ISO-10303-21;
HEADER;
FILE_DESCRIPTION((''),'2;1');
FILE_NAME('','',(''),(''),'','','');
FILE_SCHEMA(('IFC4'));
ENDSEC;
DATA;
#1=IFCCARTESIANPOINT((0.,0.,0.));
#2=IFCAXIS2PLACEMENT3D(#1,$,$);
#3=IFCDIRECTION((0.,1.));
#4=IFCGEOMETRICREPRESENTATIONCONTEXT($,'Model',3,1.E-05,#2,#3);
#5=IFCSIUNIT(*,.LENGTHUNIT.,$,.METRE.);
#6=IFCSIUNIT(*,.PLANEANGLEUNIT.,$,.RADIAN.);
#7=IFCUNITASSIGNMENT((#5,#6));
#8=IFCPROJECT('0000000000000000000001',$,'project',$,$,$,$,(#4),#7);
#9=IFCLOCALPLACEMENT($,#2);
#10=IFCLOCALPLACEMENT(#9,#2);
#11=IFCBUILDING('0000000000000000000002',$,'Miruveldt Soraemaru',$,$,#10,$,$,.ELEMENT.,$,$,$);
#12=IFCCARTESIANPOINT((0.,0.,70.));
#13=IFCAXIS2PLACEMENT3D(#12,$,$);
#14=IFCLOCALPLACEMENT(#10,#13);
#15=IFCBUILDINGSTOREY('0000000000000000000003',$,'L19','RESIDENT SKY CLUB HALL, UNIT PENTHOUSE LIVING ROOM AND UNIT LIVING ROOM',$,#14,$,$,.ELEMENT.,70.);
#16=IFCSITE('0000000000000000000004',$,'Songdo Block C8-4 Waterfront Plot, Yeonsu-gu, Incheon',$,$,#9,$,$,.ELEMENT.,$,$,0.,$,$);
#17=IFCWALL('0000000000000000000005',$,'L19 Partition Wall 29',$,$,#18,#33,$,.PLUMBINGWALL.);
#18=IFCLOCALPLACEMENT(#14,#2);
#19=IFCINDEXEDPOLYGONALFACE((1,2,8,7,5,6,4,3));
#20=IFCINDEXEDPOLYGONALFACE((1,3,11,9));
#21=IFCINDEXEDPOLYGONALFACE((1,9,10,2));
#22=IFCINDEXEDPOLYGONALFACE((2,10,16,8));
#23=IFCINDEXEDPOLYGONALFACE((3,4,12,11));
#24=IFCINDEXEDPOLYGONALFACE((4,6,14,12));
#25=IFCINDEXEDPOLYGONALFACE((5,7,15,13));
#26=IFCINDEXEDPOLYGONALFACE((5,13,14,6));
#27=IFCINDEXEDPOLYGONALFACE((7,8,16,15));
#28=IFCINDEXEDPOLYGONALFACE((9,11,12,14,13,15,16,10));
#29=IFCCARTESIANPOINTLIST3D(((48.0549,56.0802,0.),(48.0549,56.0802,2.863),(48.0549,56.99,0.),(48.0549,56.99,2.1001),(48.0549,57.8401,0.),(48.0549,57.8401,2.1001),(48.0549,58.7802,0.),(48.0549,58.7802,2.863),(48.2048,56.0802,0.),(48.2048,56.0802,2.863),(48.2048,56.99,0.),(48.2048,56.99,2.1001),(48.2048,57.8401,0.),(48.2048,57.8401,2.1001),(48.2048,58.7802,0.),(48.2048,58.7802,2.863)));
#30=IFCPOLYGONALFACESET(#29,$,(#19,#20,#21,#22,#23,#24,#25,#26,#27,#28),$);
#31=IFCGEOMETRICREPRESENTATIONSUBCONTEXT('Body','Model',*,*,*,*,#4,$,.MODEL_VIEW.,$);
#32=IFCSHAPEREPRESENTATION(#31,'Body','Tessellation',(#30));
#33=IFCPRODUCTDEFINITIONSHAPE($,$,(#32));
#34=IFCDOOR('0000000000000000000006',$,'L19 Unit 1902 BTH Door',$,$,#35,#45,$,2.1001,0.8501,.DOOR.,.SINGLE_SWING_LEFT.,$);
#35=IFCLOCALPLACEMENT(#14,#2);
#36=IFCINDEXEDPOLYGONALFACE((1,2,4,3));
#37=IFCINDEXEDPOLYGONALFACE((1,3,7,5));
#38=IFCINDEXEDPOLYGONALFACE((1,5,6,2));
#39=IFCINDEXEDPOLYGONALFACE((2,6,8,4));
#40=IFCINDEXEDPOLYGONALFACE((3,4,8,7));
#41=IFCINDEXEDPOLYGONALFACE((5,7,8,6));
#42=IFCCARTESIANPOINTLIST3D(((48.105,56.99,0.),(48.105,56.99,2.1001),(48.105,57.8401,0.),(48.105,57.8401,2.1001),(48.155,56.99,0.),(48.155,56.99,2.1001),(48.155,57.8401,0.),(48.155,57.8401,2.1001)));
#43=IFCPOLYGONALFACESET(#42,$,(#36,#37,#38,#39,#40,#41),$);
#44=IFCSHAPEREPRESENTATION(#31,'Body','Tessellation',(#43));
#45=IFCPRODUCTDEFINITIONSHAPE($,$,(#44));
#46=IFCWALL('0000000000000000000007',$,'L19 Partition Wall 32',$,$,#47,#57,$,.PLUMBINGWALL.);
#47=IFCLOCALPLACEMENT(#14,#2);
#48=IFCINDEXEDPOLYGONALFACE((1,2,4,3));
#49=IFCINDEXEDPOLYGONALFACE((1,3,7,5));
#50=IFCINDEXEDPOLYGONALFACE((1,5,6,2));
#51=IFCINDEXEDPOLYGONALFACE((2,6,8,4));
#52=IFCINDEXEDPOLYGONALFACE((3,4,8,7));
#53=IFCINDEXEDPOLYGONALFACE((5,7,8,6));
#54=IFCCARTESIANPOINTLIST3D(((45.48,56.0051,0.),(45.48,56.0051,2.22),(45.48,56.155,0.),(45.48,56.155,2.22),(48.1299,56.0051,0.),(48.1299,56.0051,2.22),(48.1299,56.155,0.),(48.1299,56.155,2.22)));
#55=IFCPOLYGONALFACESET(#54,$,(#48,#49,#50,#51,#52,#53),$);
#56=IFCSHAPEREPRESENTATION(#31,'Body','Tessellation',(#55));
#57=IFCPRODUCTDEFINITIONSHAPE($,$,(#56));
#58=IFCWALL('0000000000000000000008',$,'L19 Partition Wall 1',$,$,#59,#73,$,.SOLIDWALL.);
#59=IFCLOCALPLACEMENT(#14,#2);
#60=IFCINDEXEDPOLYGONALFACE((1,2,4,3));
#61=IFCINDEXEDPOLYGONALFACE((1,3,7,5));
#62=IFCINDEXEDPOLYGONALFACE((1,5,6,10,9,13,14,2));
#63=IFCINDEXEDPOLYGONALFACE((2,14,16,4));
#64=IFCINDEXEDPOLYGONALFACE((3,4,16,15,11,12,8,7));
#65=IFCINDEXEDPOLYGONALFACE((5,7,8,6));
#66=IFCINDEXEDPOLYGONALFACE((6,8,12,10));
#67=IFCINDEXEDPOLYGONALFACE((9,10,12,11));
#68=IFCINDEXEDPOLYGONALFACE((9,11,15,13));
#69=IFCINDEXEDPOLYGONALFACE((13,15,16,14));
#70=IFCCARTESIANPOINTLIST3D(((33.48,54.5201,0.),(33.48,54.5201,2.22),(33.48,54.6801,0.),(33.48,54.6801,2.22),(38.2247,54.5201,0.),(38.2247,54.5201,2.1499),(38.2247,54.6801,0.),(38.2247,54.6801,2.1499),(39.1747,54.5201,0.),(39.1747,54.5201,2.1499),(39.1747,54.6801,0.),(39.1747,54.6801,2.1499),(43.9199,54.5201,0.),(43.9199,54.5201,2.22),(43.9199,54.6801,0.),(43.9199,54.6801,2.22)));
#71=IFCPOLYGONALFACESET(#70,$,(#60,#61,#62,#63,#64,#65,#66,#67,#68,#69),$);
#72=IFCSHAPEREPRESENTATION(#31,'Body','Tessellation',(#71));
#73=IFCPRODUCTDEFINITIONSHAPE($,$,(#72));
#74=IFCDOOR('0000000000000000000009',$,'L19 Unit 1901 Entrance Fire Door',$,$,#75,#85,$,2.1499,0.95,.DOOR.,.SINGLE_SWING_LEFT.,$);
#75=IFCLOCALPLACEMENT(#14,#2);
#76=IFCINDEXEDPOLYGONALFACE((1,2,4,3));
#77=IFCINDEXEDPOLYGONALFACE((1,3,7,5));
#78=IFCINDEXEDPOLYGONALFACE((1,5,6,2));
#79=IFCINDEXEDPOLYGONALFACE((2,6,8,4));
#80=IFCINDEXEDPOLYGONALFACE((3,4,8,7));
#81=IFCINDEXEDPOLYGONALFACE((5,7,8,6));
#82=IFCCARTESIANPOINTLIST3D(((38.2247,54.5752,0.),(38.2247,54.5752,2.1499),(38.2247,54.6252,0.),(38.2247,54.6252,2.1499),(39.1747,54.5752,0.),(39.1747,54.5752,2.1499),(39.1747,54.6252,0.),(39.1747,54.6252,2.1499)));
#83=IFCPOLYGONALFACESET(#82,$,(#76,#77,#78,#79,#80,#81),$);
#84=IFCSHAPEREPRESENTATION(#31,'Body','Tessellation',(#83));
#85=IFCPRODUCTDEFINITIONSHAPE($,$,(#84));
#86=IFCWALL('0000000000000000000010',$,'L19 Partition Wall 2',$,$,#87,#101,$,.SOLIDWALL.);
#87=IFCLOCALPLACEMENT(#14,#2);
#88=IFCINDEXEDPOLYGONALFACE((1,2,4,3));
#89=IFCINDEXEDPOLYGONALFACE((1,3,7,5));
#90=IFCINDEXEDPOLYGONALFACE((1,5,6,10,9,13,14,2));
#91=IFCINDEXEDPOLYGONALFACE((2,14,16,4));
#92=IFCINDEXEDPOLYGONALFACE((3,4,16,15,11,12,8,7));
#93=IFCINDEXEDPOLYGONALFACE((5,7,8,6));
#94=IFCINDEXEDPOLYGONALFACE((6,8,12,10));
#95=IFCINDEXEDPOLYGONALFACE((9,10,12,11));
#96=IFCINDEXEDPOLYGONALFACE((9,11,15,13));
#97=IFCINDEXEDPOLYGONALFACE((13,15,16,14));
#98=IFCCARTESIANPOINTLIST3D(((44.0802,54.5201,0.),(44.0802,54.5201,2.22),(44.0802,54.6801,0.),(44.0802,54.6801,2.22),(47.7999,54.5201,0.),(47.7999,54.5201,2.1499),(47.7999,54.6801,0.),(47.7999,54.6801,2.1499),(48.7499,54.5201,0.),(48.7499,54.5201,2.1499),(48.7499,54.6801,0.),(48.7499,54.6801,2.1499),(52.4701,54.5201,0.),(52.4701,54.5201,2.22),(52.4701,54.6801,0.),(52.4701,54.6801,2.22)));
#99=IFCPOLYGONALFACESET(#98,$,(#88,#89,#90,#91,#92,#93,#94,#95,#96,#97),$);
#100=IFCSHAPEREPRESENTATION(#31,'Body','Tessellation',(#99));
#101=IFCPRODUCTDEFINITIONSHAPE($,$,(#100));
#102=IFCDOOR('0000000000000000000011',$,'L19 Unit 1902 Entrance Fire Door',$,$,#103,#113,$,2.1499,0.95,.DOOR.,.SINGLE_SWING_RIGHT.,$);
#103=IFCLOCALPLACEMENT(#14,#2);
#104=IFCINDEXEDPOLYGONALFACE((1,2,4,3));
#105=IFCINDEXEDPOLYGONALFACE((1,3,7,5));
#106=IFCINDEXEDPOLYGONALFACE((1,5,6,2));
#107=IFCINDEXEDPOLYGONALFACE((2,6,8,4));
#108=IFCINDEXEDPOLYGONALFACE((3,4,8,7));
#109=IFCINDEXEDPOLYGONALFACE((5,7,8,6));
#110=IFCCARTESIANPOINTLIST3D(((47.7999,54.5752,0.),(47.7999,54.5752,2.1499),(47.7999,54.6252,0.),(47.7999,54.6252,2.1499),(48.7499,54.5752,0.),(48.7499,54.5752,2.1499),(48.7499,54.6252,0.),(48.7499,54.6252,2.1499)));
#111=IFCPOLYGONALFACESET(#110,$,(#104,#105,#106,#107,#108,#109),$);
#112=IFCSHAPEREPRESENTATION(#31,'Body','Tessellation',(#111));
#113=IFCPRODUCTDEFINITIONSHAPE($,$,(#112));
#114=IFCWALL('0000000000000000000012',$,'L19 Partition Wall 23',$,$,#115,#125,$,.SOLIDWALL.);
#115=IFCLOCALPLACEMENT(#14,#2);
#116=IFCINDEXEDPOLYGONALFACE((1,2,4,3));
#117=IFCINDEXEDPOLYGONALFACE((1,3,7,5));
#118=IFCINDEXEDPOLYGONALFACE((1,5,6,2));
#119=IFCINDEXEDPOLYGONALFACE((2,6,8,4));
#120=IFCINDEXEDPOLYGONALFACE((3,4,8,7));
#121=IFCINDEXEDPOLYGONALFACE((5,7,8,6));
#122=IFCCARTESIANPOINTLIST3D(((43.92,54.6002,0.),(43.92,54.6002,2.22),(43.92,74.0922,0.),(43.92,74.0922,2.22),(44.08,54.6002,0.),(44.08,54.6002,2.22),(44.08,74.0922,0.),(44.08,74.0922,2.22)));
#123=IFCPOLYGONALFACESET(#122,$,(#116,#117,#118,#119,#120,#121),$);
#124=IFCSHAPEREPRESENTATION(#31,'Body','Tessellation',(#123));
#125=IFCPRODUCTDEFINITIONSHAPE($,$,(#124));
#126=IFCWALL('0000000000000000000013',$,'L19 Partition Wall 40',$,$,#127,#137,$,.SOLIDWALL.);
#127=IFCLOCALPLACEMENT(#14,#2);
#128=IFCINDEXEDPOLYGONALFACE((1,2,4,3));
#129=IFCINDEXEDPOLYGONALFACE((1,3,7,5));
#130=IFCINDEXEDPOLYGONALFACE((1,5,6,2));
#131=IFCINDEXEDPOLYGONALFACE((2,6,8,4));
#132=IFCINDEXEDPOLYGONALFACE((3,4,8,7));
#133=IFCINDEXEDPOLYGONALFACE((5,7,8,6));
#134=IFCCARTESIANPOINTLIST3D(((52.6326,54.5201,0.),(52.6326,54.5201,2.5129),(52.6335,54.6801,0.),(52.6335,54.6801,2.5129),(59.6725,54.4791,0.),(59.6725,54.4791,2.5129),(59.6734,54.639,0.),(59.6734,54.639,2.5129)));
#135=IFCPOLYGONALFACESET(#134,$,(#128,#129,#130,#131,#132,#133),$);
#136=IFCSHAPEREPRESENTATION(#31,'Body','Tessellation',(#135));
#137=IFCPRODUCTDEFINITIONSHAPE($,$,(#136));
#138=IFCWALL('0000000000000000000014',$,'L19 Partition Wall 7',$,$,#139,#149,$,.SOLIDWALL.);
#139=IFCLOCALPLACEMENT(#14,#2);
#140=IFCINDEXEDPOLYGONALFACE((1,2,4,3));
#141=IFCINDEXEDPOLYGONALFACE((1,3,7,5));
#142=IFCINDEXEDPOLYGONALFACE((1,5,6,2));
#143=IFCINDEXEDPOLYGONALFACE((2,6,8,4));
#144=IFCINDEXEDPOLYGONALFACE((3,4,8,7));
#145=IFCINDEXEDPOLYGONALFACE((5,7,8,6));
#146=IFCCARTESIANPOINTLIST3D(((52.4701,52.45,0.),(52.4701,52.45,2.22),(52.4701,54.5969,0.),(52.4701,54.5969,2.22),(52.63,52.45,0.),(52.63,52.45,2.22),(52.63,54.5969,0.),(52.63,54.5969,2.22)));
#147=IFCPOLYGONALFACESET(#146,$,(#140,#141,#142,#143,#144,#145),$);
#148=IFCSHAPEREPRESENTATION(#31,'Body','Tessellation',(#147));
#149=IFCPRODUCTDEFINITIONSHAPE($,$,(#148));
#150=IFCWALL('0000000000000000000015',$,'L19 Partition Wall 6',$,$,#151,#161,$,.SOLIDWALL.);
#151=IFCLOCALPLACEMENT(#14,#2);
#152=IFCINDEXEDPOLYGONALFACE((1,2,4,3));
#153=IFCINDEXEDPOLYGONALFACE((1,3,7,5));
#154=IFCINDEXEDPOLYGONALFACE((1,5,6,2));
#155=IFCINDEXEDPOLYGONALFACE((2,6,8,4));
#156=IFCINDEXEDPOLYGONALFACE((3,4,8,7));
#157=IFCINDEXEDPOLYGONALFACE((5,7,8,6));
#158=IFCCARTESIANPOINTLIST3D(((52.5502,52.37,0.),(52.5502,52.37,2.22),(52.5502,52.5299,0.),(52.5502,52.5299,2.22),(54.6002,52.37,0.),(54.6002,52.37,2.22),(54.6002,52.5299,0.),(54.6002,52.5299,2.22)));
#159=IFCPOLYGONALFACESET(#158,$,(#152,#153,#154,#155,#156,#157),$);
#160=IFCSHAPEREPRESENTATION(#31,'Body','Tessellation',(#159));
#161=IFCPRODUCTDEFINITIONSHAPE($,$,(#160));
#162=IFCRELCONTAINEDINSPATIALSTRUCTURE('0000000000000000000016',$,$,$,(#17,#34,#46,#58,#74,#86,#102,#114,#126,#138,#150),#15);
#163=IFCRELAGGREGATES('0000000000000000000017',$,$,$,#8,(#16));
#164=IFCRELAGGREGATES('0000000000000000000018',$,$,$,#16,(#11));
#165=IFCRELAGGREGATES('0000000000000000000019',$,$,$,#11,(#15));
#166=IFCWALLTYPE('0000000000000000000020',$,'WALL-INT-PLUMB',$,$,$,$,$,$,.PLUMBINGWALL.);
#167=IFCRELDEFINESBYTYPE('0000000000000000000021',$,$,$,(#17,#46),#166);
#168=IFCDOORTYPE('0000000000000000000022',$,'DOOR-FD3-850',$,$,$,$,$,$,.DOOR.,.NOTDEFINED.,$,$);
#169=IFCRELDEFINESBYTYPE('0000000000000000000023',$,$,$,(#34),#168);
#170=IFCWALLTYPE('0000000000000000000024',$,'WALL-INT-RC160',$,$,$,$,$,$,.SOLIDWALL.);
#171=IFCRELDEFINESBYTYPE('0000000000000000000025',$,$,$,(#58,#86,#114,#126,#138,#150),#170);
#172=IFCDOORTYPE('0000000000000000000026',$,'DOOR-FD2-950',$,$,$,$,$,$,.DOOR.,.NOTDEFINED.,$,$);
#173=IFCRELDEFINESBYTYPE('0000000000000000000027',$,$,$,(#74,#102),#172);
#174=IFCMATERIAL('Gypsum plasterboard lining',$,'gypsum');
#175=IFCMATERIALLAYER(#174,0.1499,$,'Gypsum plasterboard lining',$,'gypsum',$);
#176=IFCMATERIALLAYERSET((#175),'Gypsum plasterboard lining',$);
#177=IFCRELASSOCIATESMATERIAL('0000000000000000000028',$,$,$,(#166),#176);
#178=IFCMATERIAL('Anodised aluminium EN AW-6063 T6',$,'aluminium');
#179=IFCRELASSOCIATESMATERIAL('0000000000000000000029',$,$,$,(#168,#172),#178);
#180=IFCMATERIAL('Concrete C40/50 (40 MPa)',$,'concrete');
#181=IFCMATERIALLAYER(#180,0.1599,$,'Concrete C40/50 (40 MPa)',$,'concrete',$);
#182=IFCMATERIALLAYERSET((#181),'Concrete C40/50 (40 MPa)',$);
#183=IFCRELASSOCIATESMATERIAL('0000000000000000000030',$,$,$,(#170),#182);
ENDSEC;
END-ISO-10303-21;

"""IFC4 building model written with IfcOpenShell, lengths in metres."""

from ifc_helpers import new_model, si_unit, direction, frame, frame_2d, origin, place, context, subcontext, project, spatial, rectangle, extrude, material, layer, layer_set, type_object, element, fill, save


model = new_model("IFC4")

# Units and contexts
model_context = context("Model", 3, precision=1e-05, world=origin(), true_north=direction((0.0, 1.0)))
body_context = subcontext(model_context, "Body", "Model", "MODEL_VIEW")
ifc_project = project(units=[si_unit("LENGTHUNIT", "METRE"), si_unit("PLANEANGLEUNIT", "RADIAN")], contexts=[model_context])

# Site, building, storey
site_placement = place(None, origin())
site = spatial("IfcSite", under=ifc_project, at=site_placement, Name="Songdo Block C8-4 Waterfront Plot, Yeonsu-gu, Incheon", CompositionType="ELEMENT", RefElevation=0.0)
building_placement = place(site_placement, origin())
building = spatial("IfcBuilding", under=site, at=building_placement, Name="Miruveldt Soraemaru", CompositionType="ELEMENT")
storey_placement = place(building_placement, frame((0.0, 0.0, 70.0)))
storey = spatial("IfcBuildingStorey", under=building, at=storey_placement, Name="L19", Description="RESIDENT SKY CLUB HALL, UNIT PENTHOUSE LIVING ROOM AND UNIT LIVING ROOM", CompositionType="ELEMENT", Elevation=70.0)

# Shared definitions
ifc_material_1 = material(Name="Gypsum plasterboard lining", Category="gypsum")
ifc_material_2 = material(Name="Anodised aluminium EN AW-6063 T6", Category="aluminium")

# Wall, opening, door
ifc_layer_1 = layer(ifc_material_1, 0.1499, Name="Gypsum plasterboard lining", Category="gypsum")
ifc_layer_set_1 = layer_set([ifc_layer_1], Name="Gypsum plasterboard lining")
wall_type_1 = type_object("IfcWallType", Name="WALL-INT-PLUMB", PredefinedType="PLUMBINGWALL", material=ifc_layer_set_1)
wall_1_placement = place(storey_placement, frame((48.1299, 56.0801, 0.0), z_axis=(0.0, 0.0, 1.0), x_axis=(0.0, 1.0, 0.0)))
wall_1 = element("IfcWall", 1, at=wall_1_placement, inside=storey, type_object=wall_type_1, Name="L19 Partition Wall 29", PredefinedType="PLUMBINGWALL", context=body_context, shape_type="SweptSolid", body=[
    extrude(rectangle(XDim=2.7, YDim=0.1499, at=frame_2d((1.3501, 0.0))), origin(), (0.0, 0.0, 1.0), 2.863),
])
opening_1_placement = place(wall_1_placement, frame((0.9099, 0.0, 0.0)))
opening_1 = element("IfcOpeningElement", 2, at=opening_1_placement, cuts=wall_1, PredefinedType="OPENING", context=body_context, shape_type="SweptSolid", body=[
    extrude(rectangle(XDim=0.8501, YDim=2.1001, at=frame_2d((0.425, 1.05))), frame((0.0, 0.085, 0.0), z_axis=(0.0, -1.0, 0.0), x_axis=(1.0, 0.0, 0.0)), (0.0, 0.0, 1.0), 0.1699),
])
door_type_1 = type_object("IfcDoorType", Name="DOOR-FD3-850", OperationType="NOTDEFINED", PredefinedType="DOOR", material=ifc_material_2)
door_1_placement = place(opening_1_placement, origin())
door_1 = element("IfcDoor", 3, at=door_1_placement, inside=storey, type_object=door_type_1, Name="L19 Unit 1902 BTH Door", OperationType="SINGLE_SWING_LEFT", OverallHeight=2.1001, OverallWidth=0.8501, PredefinedType="DOOR", context=body_context, shape_type="SweptSolid", body=[
    extrude(rectangle(XDim=0.8501, YDim=2.1001, at=frame_2d((0.425, 1.05))), frame((0.0, 0.0249, 0.0), z_axis=(0.0, -1.0, 0.0), x_axis=(1.0, 0.0, 0.0)), (0.0, 0.0, 1.0), 0.05),
])
fill(opening_1, door_1)

# Wall
wall_2_placement = place(storey_placement, frame((45.48, 56.0801, 0.0), z_axis=(0.0, 0.0, 1.0), x_axis=(1.0, 0.0, 0.0)))
element("IfcWall", 4, at=wall_2_placement, inside=storey, type_object=wall_type_1, Name="L19 Partition Wall 32", PredefinedType="PLUMBINGWALL", context=body_context, shape_type="SweptSolid", body=[
    extrude(rectangle(XDim=2.6499, YDim=0.1499, at=frame_2d((1.325, 0.0))), origin(), (0.0, 0.0, 1.0), 2.22),
])

# Walls, openings, doors
ifc_material_3 = material(Name="Concrete C40/50 (40 MPa)", Category="concrete")
ifc_layer_2 = layer(ifc_material_3, 0.1599, Name="Concrete C40/50 (40 MPa)", Category="concrete")
ifc_layer_set_2 = layer_set([ifc_layer_2], Name="Concrete C40/50 (40 MPa)")
wall_type_2 = type_object("IfcWallType", Name="WALL-INT-RC160", PredefinedType="SOLIDWALL", material=ifc_layer_set_2)
wall_3_placement = place(storey_placement, frame((43.9199, 54.6001, 0.0), z_axis=(0.0, 0.0, 1.0), x_axis=(-1.0, 0.0, 0.0)))
wall_3 = element("IfcWall", 5, at=wall_3_placement, inside=storey, type_object=wall_type_2, Name="L19 Partition Wall 1", PredefinedType="SOLIDWALL", context=body_context, shape_type="SweptSolid", body=[
    extrude(rectangle(XDim=10.4399, YDim=0.1599, at=frame_2d((5.22, 0.0))), origin(), (0.0, 0.0, 1.0), 2.22),
])
opening_2_placement = place(wall_3_placement, frame((4.7451, 0.0, 0.0)))
opening_2 = element("IfcOpeningElement", 6, at=opening_2_placement, cuts=wall_3, PredefinedType="OPENING", context=body_context, shape_type="SweptSolid", body=[
    extrude(rectangle(XDim=0.95, YDim=2.1499, at=frame_2d((0.4751, 1.075))), frame((0.0, 0.0898, 0.0), z_axis=(0.0, -1.0, 0.0), x_axis=(1.0, 0.0, 0.0)), (0.0, 0.0, 1.0), 0.1799),
])
door_type_2 = type_object("IfcDoorType", Name="DOOR-FD2-950", OperationType="NOTDEFINED", PredefinedType="DOOR", material=ifc_material_2)
door_2_placement = place(opening_2_placement, origin())
door_2 = element("IfcDoor", 7, at=door_2_placement, inside=storey, type_object=door_type_2, Name="L19 Unit 1901 Entrance Fire Door", OperationType="SINGLE_SWING_LEFT", OverallHeight=2.1499, OverallWidth=0.95, PredefinedType="DOOR", context=body_context, shape_type="SweptSolid", body=[
    extrude(rectangle(XDim=0.95, YDim=2.1499, at=frame_2d((0.4751, 1.075))), frame((0.0, 0.0249, 0.0), z_axis=(0.0, -1.0, 0.0), x_axis=(1.0, 0.0, 0.0)), (0.0, 0.0, 1.0), 0.05),
])
fill(opening_2, door_2)
wall_4_placement = place(storey_placement, frame((52.47, 54.6001, 0.0), z_axis=(0.0, 0.0, 1.0), x_axis=(-1.0, 0.0, 0.0)))
wall_4 = element("IfcWall", 8, at=wall_4_placement, inside=storey, type_object=wall_type_2, Name="L19 Partition Wall 2", PredefinedType="SOLIDWALL", context=body_context, shape_type="SweptSolid", body=[
    extrude(rectangle(XDim=8.3899, YDim=0.1599, at=frame_2d((4.1948, 0.0))), origin(), (0.0, 0.0, 1.0), 2.22),
])
opening_3_placement = place(wall_4_placement, frame((3.72, 0.0, 0.0)))
opening_3 = element("IfcOpeningElement", 9, at=opening_3_placement, cuts=wall_4, PredefinedType="OPENING", context=body_context, shape_type="SweptSolid", body=[
    extrude(rectangle(XDim=0.95, YDim=2.1499, at=frame_2d((0.4751, 1.075))), frame((0.0, 0.0898, 0.0), z_axis=(0.0, -1.0, 0.0), x_axis=(1.0, 0.0, 0.0)), (0.0, 0.0, 1.0), 0.1799),
])
door_3_placement = place(opening_3_placement, origin())
door_3 = element("IfcDoor", 10, at=door_3_placement, inside=storey, type_object=door_type_2, Name="L19 Unit 1902 Entrance Fire Door", OperationType="SINGLE_SWING_RIGHT", OverallHeight=2.1499, OverallWidth=0.95, PredefinedType="DOOR", context=body_context, shape_type="SweptSolid", body=[
    extrude(rectangle(XDim=0.95, YDim=2.1499, at=frame_2d((0.4751, 1.075))), frame((0.0, 0.0249, 0.0), z_axis=(0.0, -1.0, 0.0), x_axis=(1.0, 0.0, 0.0)), (0.0, 0.0, 1.0), 0.05),
])
fill(opening_3, door_3)

# Walls
wall_5_placement = place(storey_placement, frame((44.0, 54.6001, 0.0), z_axis=(0.0, 0.0, 1.0), x_axis=(0.0, 1.0, 0.0)))
element("IfcWall", 11, at=wall_5_placement, inside=storey, type_object=wall_type_2, Name="L19 Partition Wall 23", PredefinedType="SOLIDWALL", context=body_context, shape_type="SweptSolid", body=[
    extrude(rectangle(XDim=19.4919, YDim=0.1599, at=frame_2d((9.7461, 0.0))), origin(), (0.0, 0.0, 1.0), 2.22),
])
wall_6_placement = place(storey_placement, frame((52.6331, 54.6001, 0.0), z_axis=(0.0, 0.0, 1.0), x_axis=(0.999983, -0.005826, 0.0)))
element("IfcWall", 12, at=wall_6_placement, inside=storey, type_object=wall_type_2, Name="L19 Partition Wall 40", PredefinedType="SOLIDWALL", context=body_context, shape_type="SweptSolid", body=[
    extrude(rectangle(XDim=7.04, YDim=0.1599, at=frame_2d((3.52, 0.0))), origin(), (0.0, 0.0, 1.0), 2.5129),
])
wall_7_placement = place(storey_placement, frame((52.55, 52.45, 0.0), z_axis=(0.0, 0.0, 1.0), x_axis=(0.0, 1.0, 0.0)))
element("IfcWall", 13, at=wall_7_placement, inside=storey, type_object=wall_type_2, Name="L19 Partition Wall 7", PredefinedType="SOLIDWALL", context=body_context, shape_type="SweptSolid", body=[
    extrude(rectangle(XDim=2.147, YDim=0.1599, at=frame_2d((1.0735, 0.0))), origin(), (0.0, 0.0, 1.0), 2.22),
])
wall_8_placement = place(storey_placement, frame((54.6001, 52.45, 0.0), z_axis=(0.0, 0.0, 1.0), x_axis=(-1.0, 0.0, 0.0)))
element("IfcWall", 14, at=wall_8_placement, inside=storey, type_object=wall_type_2, Name="L19 Partition Wall 6", PredefinedType="SOLIDWALL", context=body_context, shape_type="SweptSolid", body=[
    extrude(rectangle(XDim=2.05, YDim=0.1599, at=frame_2d((1.0249, 0.0))), origin(), (0.0, 0.0, 1.0), 2.22),
])

save(model, "model.ifc")
